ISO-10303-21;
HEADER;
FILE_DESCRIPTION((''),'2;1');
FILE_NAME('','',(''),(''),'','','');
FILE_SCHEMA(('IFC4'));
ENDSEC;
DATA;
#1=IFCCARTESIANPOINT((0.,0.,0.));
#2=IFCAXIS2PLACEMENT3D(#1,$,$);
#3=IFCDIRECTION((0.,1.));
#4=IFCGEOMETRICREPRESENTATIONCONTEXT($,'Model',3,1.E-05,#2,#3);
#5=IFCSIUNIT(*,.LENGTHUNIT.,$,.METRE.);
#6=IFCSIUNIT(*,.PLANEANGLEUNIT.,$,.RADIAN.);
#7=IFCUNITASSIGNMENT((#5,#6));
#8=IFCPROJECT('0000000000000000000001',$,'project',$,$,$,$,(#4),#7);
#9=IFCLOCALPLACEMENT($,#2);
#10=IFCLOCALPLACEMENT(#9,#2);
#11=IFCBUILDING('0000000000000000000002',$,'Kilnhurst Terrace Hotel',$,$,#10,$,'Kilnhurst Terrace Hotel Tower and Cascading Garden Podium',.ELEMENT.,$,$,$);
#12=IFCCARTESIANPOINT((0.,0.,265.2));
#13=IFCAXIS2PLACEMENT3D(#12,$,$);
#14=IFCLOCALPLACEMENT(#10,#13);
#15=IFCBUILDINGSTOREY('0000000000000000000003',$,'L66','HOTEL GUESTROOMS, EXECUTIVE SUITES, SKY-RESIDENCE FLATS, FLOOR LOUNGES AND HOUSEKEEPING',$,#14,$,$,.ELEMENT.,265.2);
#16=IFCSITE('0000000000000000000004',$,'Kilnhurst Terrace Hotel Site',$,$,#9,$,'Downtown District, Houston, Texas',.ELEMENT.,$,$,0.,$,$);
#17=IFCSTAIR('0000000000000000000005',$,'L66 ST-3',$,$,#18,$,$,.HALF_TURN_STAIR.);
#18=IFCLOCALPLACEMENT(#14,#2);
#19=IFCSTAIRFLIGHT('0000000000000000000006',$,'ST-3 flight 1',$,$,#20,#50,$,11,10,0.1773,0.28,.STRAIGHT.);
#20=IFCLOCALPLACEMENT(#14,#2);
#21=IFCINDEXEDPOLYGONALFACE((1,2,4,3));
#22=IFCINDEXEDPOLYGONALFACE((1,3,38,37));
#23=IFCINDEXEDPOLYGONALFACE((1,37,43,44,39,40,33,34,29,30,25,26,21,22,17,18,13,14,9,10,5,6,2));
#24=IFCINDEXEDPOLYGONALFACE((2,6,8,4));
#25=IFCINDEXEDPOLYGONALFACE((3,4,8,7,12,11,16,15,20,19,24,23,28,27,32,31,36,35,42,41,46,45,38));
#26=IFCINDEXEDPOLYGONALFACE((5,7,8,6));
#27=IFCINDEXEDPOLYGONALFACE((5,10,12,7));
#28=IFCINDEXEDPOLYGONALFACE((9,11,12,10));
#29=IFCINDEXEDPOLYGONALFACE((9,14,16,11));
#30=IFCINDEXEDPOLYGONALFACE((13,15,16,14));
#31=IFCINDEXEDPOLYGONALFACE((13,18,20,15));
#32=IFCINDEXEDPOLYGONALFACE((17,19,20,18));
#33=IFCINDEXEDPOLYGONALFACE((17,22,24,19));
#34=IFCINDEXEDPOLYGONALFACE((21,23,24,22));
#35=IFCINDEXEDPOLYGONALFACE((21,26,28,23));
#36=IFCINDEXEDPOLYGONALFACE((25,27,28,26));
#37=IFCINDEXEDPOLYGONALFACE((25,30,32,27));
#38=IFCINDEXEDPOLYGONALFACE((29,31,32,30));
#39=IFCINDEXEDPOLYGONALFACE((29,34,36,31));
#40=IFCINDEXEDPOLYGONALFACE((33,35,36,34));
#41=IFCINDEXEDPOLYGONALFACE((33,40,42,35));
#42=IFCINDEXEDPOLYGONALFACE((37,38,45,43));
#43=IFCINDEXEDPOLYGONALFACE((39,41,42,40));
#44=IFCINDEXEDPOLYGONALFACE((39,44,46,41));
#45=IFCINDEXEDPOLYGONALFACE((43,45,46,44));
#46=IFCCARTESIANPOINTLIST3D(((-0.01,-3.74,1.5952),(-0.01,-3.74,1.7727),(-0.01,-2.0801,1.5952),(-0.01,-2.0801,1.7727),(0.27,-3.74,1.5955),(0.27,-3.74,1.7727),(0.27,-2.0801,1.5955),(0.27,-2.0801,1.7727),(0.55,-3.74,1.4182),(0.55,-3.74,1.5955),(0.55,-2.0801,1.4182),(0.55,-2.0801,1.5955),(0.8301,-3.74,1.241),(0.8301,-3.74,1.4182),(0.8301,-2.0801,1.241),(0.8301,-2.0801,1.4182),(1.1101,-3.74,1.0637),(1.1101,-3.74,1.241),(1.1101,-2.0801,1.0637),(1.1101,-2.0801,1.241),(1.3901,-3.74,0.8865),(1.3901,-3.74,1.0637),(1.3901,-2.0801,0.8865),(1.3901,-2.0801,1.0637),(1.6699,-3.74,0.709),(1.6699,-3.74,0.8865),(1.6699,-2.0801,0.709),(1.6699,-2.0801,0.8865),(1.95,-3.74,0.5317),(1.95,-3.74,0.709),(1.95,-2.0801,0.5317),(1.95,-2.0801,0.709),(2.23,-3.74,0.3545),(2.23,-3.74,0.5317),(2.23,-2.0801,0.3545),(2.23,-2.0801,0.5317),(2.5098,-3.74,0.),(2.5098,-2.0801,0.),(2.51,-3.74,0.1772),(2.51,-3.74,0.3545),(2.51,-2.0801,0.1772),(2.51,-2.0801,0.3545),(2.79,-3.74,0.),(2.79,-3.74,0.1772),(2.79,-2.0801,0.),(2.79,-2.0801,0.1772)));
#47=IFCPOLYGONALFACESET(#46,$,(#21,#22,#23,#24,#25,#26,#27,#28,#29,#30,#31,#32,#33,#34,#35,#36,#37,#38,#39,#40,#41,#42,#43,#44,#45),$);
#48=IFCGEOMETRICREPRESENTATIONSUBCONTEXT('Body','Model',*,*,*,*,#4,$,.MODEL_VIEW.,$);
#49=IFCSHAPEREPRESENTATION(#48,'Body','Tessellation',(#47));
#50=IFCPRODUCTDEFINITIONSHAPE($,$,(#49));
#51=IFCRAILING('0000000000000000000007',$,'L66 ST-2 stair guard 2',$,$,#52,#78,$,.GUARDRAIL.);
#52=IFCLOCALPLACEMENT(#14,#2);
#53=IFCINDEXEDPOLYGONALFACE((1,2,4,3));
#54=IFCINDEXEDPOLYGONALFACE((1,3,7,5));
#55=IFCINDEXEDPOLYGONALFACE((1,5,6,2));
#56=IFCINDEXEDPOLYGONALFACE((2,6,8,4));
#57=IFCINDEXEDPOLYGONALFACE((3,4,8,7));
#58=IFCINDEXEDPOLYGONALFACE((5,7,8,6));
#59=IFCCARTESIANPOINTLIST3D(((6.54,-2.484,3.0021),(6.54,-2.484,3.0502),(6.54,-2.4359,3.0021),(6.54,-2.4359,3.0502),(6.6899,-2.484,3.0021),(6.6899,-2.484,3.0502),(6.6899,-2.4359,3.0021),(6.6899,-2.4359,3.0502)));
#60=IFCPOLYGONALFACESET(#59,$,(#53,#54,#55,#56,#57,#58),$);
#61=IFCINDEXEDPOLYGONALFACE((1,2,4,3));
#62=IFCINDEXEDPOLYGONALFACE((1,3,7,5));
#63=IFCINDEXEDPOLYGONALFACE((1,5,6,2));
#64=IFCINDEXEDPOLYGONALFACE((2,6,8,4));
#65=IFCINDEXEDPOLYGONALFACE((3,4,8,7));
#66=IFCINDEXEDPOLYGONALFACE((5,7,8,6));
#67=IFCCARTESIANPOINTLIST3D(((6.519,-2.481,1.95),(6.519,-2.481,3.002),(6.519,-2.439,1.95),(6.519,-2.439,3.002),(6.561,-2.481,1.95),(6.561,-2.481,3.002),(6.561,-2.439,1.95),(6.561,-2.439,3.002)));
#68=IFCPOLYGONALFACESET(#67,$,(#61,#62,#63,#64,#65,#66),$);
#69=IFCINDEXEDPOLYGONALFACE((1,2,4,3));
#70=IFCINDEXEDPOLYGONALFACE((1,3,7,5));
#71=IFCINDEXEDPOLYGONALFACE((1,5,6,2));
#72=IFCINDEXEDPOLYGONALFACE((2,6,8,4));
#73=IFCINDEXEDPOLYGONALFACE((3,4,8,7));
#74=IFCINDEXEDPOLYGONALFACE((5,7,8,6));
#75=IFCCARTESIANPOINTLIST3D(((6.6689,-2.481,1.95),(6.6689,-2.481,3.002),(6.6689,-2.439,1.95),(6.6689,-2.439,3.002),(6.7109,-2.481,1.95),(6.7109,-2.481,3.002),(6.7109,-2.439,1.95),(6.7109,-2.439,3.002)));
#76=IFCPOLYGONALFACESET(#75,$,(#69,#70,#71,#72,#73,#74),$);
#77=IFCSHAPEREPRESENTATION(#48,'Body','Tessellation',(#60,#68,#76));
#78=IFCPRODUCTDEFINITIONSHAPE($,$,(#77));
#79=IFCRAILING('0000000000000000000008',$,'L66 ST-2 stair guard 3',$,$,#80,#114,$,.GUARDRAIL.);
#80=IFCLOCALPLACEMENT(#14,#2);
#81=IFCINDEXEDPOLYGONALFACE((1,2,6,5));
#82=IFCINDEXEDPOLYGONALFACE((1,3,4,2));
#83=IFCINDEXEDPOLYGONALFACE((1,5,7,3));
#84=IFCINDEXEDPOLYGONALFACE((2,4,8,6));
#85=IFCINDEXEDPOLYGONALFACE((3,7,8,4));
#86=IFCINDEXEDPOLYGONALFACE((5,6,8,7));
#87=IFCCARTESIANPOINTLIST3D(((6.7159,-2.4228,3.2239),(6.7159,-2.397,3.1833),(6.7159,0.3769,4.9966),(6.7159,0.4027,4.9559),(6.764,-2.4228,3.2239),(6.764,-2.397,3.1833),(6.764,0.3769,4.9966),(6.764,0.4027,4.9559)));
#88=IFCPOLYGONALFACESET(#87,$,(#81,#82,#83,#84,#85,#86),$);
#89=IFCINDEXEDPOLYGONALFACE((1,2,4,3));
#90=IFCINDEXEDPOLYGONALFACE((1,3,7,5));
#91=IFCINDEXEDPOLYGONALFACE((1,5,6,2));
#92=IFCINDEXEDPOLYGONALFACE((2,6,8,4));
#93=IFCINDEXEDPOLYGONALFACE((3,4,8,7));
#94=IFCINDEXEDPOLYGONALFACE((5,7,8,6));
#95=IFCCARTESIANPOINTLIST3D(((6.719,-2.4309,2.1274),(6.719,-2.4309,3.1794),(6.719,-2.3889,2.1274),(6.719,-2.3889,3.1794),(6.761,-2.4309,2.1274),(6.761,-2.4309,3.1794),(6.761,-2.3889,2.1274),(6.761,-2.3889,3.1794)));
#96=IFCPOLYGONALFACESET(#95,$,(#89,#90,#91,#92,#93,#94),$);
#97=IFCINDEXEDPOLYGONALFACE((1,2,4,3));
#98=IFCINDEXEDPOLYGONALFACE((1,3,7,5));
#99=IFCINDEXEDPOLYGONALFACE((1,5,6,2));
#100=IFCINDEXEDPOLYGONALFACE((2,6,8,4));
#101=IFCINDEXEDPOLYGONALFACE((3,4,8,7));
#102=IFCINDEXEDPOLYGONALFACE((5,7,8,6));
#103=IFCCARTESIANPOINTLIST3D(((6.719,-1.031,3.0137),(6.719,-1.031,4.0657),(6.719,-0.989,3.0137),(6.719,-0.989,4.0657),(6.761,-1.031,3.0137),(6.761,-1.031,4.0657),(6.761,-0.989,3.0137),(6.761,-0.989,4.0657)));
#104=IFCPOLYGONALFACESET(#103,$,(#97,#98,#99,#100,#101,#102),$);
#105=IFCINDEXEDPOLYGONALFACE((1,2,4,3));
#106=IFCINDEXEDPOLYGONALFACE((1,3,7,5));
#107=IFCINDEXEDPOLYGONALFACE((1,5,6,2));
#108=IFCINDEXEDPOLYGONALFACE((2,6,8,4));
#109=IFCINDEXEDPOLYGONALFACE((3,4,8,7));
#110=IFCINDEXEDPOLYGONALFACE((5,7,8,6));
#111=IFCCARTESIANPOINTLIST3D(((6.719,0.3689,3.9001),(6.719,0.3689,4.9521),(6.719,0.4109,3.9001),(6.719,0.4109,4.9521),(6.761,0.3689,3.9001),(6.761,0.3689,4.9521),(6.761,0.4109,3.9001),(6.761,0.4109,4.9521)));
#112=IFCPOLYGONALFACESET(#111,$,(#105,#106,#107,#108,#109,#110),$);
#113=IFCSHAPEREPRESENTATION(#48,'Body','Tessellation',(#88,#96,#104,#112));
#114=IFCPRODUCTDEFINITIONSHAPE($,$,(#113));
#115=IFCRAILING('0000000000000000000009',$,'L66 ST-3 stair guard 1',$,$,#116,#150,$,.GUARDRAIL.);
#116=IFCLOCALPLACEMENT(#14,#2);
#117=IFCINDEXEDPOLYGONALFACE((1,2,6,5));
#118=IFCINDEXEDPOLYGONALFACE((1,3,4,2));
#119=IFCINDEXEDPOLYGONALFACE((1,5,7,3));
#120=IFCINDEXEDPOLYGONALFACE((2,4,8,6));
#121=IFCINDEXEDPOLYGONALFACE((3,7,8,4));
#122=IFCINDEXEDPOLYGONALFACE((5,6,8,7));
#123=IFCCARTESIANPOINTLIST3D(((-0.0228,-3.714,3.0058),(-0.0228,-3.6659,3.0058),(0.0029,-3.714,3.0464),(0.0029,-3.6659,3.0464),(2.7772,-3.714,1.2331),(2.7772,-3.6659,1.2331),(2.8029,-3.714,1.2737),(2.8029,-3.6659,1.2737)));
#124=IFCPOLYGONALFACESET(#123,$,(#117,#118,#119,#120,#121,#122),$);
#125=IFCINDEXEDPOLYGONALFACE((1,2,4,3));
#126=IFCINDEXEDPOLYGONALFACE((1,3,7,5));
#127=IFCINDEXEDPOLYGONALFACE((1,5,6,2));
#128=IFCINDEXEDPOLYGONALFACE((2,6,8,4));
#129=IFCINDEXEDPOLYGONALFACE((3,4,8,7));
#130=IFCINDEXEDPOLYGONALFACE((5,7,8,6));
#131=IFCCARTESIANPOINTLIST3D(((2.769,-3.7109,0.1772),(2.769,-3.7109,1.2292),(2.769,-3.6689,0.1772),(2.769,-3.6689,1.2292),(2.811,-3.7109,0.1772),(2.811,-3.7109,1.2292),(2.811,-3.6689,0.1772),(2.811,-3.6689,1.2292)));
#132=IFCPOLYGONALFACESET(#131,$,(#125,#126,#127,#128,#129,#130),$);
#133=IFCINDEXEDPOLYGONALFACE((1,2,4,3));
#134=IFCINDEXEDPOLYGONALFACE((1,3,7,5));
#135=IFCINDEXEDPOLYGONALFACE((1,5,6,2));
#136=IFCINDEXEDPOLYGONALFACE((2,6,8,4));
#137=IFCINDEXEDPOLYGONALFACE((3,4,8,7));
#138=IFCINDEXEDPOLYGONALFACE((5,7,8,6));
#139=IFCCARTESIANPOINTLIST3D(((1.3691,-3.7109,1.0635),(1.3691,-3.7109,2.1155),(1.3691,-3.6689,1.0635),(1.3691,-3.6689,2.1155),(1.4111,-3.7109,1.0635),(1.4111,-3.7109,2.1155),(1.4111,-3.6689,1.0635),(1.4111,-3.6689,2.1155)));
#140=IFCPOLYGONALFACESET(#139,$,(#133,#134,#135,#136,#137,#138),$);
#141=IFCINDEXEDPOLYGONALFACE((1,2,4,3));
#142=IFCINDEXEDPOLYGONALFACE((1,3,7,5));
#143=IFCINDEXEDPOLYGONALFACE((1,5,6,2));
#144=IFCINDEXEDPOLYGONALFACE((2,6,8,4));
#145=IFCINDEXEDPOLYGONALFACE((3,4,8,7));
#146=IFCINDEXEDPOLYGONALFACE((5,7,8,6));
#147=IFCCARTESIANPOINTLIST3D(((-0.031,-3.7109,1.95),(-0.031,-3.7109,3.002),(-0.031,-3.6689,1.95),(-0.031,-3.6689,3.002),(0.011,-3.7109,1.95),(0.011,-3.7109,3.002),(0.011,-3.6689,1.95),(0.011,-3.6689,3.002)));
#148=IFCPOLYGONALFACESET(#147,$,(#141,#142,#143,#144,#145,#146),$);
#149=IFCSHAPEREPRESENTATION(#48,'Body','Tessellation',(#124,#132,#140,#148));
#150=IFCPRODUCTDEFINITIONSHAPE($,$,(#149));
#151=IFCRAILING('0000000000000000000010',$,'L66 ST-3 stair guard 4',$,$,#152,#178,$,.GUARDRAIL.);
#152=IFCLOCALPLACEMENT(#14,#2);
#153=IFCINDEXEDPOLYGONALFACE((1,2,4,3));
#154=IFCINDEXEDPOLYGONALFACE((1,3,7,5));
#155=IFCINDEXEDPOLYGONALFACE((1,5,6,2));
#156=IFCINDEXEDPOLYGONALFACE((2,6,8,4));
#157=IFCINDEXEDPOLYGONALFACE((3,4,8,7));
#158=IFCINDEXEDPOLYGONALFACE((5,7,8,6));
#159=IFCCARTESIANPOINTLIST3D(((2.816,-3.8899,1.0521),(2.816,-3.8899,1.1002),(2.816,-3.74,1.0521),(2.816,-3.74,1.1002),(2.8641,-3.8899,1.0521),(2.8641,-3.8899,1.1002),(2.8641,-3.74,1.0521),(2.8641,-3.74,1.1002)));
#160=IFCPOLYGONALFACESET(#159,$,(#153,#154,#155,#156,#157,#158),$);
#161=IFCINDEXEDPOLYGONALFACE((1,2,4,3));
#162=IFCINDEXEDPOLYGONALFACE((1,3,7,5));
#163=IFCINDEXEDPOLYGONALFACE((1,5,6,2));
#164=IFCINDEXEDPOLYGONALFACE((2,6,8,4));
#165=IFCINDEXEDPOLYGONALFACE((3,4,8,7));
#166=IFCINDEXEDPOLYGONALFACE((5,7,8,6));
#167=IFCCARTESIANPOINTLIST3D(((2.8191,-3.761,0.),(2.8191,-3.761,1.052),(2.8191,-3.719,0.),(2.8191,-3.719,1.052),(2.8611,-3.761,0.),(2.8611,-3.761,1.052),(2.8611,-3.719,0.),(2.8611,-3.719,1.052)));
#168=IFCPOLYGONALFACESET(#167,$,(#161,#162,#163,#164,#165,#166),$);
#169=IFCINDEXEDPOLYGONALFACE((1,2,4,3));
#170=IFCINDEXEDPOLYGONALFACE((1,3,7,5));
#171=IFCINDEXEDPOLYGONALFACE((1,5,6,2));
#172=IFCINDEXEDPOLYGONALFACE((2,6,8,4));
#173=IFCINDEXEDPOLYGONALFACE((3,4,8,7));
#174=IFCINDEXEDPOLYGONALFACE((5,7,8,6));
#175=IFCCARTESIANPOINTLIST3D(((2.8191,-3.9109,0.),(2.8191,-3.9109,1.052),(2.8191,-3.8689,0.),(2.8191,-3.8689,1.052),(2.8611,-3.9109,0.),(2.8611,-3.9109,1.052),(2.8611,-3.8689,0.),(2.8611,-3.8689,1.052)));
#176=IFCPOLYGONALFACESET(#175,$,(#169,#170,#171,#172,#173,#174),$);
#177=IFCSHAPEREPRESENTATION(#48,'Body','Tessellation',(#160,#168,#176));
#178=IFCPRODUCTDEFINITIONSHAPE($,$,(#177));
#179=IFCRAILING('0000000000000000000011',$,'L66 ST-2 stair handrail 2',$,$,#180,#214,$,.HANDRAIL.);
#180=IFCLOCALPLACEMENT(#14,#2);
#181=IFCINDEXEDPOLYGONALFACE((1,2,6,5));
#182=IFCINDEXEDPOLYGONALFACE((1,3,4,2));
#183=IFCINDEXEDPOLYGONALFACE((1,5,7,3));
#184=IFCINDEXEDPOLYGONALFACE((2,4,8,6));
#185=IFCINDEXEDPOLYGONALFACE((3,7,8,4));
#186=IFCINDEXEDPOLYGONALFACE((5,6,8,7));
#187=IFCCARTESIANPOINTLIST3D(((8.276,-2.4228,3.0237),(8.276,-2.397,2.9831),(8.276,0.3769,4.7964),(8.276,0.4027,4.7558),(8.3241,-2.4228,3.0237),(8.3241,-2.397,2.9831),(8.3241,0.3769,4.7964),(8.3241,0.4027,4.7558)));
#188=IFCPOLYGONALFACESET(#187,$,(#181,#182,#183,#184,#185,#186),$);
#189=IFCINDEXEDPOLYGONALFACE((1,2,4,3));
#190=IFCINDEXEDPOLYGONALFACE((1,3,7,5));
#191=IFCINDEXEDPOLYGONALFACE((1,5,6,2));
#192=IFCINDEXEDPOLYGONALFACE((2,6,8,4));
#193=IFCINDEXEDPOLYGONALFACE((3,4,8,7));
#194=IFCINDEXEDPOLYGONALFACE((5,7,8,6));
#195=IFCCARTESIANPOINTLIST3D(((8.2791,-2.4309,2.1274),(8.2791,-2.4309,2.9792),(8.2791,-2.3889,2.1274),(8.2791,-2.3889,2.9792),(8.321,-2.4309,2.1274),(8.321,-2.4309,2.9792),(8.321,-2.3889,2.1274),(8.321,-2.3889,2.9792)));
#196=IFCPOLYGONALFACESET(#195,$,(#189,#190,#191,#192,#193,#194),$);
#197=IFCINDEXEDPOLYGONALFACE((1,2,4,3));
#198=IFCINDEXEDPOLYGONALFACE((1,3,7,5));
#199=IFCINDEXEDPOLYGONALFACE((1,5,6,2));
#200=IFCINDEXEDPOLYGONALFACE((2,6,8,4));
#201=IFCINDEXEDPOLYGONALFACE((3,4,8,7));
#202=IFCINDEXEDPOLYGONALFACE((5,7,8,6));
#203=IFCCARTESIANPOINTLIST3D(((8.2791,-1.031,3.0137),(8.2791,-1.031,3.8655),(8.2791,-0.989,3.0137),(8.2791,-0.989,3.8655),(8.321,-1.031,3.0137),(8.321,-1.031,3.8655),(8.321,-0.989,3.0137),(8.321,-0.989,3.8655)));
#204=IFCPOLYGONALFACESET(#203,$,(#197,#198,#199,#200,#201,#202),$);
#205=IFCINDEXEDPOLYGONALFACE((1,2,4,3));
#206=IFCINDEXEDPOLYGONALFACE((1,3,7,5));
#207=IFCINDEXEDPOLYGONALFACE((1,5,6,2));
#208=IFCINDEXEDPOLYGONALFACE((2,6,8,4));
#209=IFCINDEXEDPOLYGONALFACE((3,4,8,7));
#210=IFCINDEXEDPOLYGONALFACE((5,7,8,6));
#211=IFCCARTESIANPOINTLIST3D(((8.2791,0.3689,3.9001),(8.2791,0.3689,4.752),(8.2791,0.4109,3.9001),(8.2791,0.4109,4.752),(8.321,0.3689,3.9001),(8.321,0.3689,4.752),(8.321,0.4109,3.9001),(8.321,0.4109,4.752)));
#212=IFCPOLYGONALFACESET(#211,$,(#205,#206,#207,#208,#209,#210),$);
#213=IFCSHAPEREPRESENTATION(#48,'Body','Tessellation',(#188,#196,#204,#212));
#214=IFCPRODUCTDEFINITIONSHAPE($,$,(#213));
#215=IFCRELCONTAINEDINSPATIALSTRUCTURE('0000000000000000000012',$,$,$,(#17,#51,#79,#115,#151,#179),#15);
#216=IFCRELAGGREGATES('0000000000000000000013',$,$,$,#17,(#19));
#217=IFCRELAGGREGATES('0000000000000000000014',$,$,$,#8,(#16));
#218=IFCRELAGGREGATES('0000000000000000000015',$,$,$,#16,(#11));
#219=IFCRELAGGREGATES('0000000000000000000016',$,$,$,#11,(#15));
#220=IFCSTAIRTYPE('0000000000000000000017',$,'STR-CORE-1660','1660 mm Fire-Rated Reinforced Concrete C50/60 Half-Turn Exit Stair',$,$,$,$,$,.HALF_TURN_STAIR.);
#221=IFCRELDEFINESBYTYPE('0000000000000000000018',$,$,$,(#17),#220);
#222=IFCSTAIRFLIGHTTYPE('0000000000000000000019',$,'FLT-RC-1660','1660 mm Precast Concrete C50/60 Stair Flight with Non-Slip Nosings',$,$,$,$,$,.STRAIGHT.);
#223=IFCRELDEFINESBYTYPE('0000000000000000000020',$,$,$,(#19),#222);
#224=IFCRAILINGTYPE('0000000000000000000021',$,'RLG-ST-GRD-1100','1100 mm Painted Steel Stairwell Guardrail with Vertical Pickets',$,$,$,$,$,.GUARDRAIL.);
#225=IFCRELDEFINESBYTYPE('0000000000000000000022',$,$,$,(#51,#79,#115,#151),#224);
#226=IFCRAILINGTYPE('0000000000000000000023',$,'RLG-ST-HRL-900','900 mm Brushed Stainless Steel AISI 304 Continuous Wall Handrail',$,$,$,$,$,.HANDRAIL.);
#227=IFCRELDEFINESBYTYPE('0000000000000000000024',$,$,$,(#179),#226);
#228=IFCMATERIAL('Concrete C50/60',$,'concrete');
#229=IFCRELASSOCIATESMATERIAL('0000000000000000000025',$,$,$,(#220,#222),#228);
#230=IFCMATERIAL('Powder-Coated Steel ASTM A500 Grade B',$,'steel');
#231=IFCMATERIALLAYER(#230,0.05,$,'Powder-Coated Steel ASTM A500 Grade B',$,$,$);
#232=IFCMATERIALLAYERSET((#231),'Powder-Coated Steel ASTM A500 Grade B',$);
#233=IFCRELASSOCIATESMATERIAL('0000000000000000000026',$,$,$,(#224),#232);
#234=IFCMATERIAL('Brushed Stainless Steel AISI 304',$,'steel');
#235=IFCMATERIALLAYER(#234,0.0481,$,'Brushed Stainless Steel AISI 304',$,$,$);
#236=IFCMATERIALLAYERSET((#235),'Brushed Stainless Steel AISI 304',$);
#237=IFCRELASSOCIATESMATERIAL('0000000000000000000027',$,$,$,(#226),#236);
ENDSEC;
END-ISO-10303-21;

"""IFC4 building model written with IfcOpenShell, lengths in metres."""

from ifc_helpers import new_model, si_unit, direction, frame, origin, origin_2d, place, context, subcontext, project, spatial, polyline, rectangle, outline, extrude, material, layer, layer_set, type_object, element, aggregate, save


model = new_model("IFC4")

# Units and contexts
model_context = context("Model", 3, precision=1e-05, world=origin(), true_north=direction((0.0, 1.0)))
body_context = subcontext(model_context, "Body", "Model", "MODEL_VIEW")
ifc_project = project(units=[si_unit("LENGTHUNIT", "METRE"), si_unit("PLANEANGLEUNIT", "RADIAN")], contexts=[model_context])

# Site, building, storey
site_placement = place(None, origin())
site = spatial("IfcSite", under=ifc_project, at=site_placement, Name="Kilnhurst Terrace Hotel Site", LongName="Downtown District, Houston, Texas", CompositionType="ELEMENT", RefElevation=0.0)
building_placement = place(site_placement, origin())
building = spatial("IfcBuilding", under=site, at=building_placement, Name="Kilnhurst Terrace Hotel", LongName="Kilnhurst Terrace Hotel Tower and Cascading Garden Podium", CompositionType="ELEMENT")
storey_placement = place(building_placement, frame((0.0, 0.0, 265.2)))
storey = spatial("IfcBuildingStorey", under=building, at=storey_placement, Name="L66", Description="HOTEL GUESTROOMS, EXECUTIVE SUITES, SKY-RESIDENCE FLATS, FLOOR LOUNGES AND HOUSEKEEPING", CompositionType="ELEMENT", Elevation=265.2)

# Shared definitions
ifc_material_1 = material(Name="Concrete C50/60", Category="concrete")

# Stair, stair flight
stair_type = type_object("IfcStairType", Name="STR-CORE-1660", Description="1660 mm Fire-Rated Reinforced Concrete C50/60 Half-Turn Exit Stair", PredefinedType="HALF_TURN_STAIR", material=ifc_material_1)
stair_flight_type = type_object("IfcStairFlightType", Name="FLT-RC-1660", Description="1660 mm Precast Concrete C50/60 Stair Flight with Non-Slip Nosings", PredefinedType="STRAIGHT", material=ifc_material_1)
stair_1_placement = place(storey_placement, origin())
stair_1 = element("IfcStair", 1, at=stair_1_placement, inside=storey, type_object=stair_type, Name="L66 ST-3", PredefinedType="HALF_TURN_STAIR")
stair_flight_1_placement = place(storey_placement, frame((2.79, -2.9099, 0.0), z_axis=(0.0, 0.0, 1.0), x_axis=(-1.0, 0.0, 0.0)))
stair_flight_1 = element("IfcStairFlight", 2, at=stair_flight_1_placement, type_object=stair_flight_type, Name="ST-3 flight 1", NumberOfRisers=11, NumberOfTreads=10, PredefinedType="STRAIGHT", RiserHeight=0.1773, TreadLength=0.28, context=body_context, shape_type="SweptSolid", body=[
    extrude(outline(polyline([(0.0, 0.0), (0.0, 0.1772), (0.28, 0.1772), (0.28, 0.3545), (0.5601, 0.3545), (0.5601, 0.5317), (0.8401, 0.5317), (0.8401, 0.709), (1.1201, 0.709), (1.1201, 0.8865), (1.3999, 0.8865), (1.3999, 1.0637), (1.6799, 1.0637), (1.6799, 1.241), (1.96, 1.241), (1.96, 1.4182), (2.24, 1.4182), (2.24, 1.5955), (2.52, 1.5955), (2.52, 1.7727), (2.8, 1.7727), (2.8, 1.95), (2.8, 1.5952), (0.2803, 0.0), (0.0, 0.0)])), frame((0.0, 0.8301, 0.0), z_axis=(0.0, -1.0, 0.0), x_axis=(1.0, 0.0, 0.0)), (0.0, 0.0, 1.0), 1.6599),
])
aggregate(stair_1, [stair_flight_1])

# Railings
ifc_material_2 = material(Name="Powder-Coated Steel ASTM A500 Grade B", Category="steel")
ifc_layer_1 = layer(ifc_material_2, 0.05, Name="Powder-Coated Steel ASTM A500 Grade B")
ifc_layer_set_1 = layer_set([ifc_layer_1], Name="Powder-Coated Steel ASTM A500 Grade B")
railing_type_1 = type_object("IfcRailingType", Name="RLG-ST-GRD-1100", Description="1100 mm Painted Steel Stairwell Guardrail with Vertical Pickets", PredefinedType="GUARDRAIL", material=ifc_layer_set_1)
railing_1_placement = place(storey_placement, frame((6.54, -2.46, 1.95)))
element("IfcRailing", 3, at=railing_1_placement, inside=storey, type_object=railing_type_1, Name="L66 ST-2 stair guard 2", PredefinedType="GUARDRAIL", context=body_context, shape_type="SweptSolid", body=[
    extrude(rectangle(XDim=0.0481, YDim=0.0481, at=origin_2d()), frame((0.0, 0.0, 1.0762), z_axis=(1.0, 0.0, 0.0), x_axis=(0.0, 1.0, 0.0)), (0.0, 0.0, 1.0), 0.1499),
    extrude(rectangle(XDim=0.042, YDim=0.042, at=origin_2d()), origin(), (0.0, 0.0, 1.0), 1.052),
    extrude(rectangle(XDim=0.042, YDim=0.042, at=origin_2d()), frame((0.1499, 0.0, 0.0)), (0.0, 0.0, 1.0), 1.052),
])
railing_2_placement = place(storey_placement, frame((6.74, -2.4099, 2.1274)))
element("IfcRailing", 4, at=railing_2_placement, inside=storey, type_object=railing_type_1, Name="L66 ST-2 stair guard 3", PredefinedType="GUARDRAIL", context=body_context, shape_type="SweptSolid", body=[
    extrude(rectangle(XDim=0.0481, YDim=0.0481, at=origin_2d()), frame((0.0, 0.0, 1.0762), z_axis=(0.0, 0.844888, 0.534943), x_axis=(-1.0, 0.0, 0.0)), (0.0, 0.0, 1.0), 3.3137),
    extrude(rectangle(XDim=0.042, YDim=0.042, at=origin_2d()), origin(), (0.0, 0.0, 1.0), 1.052),
    extrude(rectangle(XDim=0.042, YDim=0.042, at=origin_2d()), frame((0.0, 1.3999, 0.8862)), (0.0, 0.0, 1.0), 1.052),
    extrude(rectangle(XDim=0.042, YDim=0.042, at=origin_2d()), frame((0.0, 2.7998, 1.7727)), (0.0, 0.0, 1.0), 1.052),
])
railing_3_placement = place(storey_placement, frame((2.79, -3.6899, 0.1772)))
element("IfcRailing", 5, at=railing_3_placement, inside=storey, type_object=railing_type_1, Name="L66 ST-3 stair guard 1", PredefinedType="GUARDRAIL", context=body_context, shape_type="SweptSolid", body=[
    extrude(rectangle(XDim=0.0481, YDim=0.0481, at=origin_2d()), frame((0.0, 0.0, 1.0762), z_axis=(-0.844909, 0.0, 0.53491), x_axis=(0.0, -1.0, 0.0)), (0.0, 0.0, 1.0), 3.314),
    extrude(rectangle(XDim=0.042, YDim=0.042, at=origin_2d()), origin(), (0.0, 0.0, 1.0), 1.052),
    extrude(rectangle(XDim=0.042, YDim=0.042, at=origin_2d()), frame((-1.3999, 0.0, 0.8862)), (0.0, 0.0, 1.0), 1.052),
    extrude(rectangle(XDim=0.042, YDim=0.042, at=origin_2d()), frame((-2.8, 0.0, 1.7727)), (0.0, 0.0, 1.0), 1.052),
])
railing_4_placement = place(storey_placement, frame((2.8401, -3.74, 0.0)))
element("IfcRailing", 6, at=railing_4_placement, inside=storey, type_object=railing_type_1, Name="L66 ST-3 stair guard 4", PredefinedType="GUARDRAIL", context=body_context, shape_type="SweptSolid", body=[
    extrude(rectangle(XDim=0.0481, YDim=0.0481, at=origin_2d()), frame((0.0, 0.0, 1.0762), z_axis=(0.0, -1.0, 0.0), x_axis=(1.0, 0.0, 0.0)), (0.0, 0.0, 1.0), 0.1499),
    extrude(rectangle(XDim=0.042, YDim=0.042, at=origin_2d()), origin(), (0.0, 0.0, 1.0), 1.052),
    extrude(rectangle(XDim=0.042, YDim=0.042, at=origin_2d()), frame((0.0, -0.1499, 0.0)), (0.0, 0.0, 1.0), 1.052),
])
ifc_material_3 = material(Name="Brushed Stainless Steel AISI 304", Category="steel")
ifc_layer_2 = layer(ifc_material_3, 0.0481, Name="Brushed Stainless Steel AISI 304")
ifc_layer_set_2 = layer_set([ifc_layer_2], Name="Brushed Stainless Steel AISI 304")
railing_type_2 = type_object("IfcRailingType", Name="RLG-ST-HRL-900", Description="900 mm Brushed Stainless Steel AISI 304 Continuous Wall Handrail", PredefinedType="HANDRAIL", material=ifc_layer_set_2)
railing_5_placement = place(storey_placement, frame((8.3, -2.4099, 2.1274)))
element("IfcRailing", 7, at=railing_5_placement, inside=storey, type_object=railing_type_2, Name="L66 ST-2 stair handrail 2", PredefinedType="HANDRAIL", context=body_context, shape_type="SweptSolid", body=[
    extrude(rectangle(XDim=0.0481, YDim=0.0481, at=origin_2d()), frame((0.0, 0.0, 0.876), z_axis=(0.0, 0.844888, 0.534943), x_axis=(-1.0, 0.0, 0.0)), (0.0, 0.0, 1.0), 3.3137),
    extrude(rectangle(XDim=0.042, YDim=0.042, at=origin_2d()), origin(), (0.0, 0.0, 1.0), 0.8518),
    extrude(rectangle(XDim=0.042, YDim=0.042, at=origin_2d()), frame((0.0, 1.3999, 0.8862)), (0.0, 0.0, 1.0), 0.8518),
    extrude(rectangle(XDim=0.042, YDim=0.042, at=origin_2d()), frame((0.0, 2.7998, 1.7727)), (0.0, 0.0, 1.0), 0.8518),
])

save(model, "model.ifc")
